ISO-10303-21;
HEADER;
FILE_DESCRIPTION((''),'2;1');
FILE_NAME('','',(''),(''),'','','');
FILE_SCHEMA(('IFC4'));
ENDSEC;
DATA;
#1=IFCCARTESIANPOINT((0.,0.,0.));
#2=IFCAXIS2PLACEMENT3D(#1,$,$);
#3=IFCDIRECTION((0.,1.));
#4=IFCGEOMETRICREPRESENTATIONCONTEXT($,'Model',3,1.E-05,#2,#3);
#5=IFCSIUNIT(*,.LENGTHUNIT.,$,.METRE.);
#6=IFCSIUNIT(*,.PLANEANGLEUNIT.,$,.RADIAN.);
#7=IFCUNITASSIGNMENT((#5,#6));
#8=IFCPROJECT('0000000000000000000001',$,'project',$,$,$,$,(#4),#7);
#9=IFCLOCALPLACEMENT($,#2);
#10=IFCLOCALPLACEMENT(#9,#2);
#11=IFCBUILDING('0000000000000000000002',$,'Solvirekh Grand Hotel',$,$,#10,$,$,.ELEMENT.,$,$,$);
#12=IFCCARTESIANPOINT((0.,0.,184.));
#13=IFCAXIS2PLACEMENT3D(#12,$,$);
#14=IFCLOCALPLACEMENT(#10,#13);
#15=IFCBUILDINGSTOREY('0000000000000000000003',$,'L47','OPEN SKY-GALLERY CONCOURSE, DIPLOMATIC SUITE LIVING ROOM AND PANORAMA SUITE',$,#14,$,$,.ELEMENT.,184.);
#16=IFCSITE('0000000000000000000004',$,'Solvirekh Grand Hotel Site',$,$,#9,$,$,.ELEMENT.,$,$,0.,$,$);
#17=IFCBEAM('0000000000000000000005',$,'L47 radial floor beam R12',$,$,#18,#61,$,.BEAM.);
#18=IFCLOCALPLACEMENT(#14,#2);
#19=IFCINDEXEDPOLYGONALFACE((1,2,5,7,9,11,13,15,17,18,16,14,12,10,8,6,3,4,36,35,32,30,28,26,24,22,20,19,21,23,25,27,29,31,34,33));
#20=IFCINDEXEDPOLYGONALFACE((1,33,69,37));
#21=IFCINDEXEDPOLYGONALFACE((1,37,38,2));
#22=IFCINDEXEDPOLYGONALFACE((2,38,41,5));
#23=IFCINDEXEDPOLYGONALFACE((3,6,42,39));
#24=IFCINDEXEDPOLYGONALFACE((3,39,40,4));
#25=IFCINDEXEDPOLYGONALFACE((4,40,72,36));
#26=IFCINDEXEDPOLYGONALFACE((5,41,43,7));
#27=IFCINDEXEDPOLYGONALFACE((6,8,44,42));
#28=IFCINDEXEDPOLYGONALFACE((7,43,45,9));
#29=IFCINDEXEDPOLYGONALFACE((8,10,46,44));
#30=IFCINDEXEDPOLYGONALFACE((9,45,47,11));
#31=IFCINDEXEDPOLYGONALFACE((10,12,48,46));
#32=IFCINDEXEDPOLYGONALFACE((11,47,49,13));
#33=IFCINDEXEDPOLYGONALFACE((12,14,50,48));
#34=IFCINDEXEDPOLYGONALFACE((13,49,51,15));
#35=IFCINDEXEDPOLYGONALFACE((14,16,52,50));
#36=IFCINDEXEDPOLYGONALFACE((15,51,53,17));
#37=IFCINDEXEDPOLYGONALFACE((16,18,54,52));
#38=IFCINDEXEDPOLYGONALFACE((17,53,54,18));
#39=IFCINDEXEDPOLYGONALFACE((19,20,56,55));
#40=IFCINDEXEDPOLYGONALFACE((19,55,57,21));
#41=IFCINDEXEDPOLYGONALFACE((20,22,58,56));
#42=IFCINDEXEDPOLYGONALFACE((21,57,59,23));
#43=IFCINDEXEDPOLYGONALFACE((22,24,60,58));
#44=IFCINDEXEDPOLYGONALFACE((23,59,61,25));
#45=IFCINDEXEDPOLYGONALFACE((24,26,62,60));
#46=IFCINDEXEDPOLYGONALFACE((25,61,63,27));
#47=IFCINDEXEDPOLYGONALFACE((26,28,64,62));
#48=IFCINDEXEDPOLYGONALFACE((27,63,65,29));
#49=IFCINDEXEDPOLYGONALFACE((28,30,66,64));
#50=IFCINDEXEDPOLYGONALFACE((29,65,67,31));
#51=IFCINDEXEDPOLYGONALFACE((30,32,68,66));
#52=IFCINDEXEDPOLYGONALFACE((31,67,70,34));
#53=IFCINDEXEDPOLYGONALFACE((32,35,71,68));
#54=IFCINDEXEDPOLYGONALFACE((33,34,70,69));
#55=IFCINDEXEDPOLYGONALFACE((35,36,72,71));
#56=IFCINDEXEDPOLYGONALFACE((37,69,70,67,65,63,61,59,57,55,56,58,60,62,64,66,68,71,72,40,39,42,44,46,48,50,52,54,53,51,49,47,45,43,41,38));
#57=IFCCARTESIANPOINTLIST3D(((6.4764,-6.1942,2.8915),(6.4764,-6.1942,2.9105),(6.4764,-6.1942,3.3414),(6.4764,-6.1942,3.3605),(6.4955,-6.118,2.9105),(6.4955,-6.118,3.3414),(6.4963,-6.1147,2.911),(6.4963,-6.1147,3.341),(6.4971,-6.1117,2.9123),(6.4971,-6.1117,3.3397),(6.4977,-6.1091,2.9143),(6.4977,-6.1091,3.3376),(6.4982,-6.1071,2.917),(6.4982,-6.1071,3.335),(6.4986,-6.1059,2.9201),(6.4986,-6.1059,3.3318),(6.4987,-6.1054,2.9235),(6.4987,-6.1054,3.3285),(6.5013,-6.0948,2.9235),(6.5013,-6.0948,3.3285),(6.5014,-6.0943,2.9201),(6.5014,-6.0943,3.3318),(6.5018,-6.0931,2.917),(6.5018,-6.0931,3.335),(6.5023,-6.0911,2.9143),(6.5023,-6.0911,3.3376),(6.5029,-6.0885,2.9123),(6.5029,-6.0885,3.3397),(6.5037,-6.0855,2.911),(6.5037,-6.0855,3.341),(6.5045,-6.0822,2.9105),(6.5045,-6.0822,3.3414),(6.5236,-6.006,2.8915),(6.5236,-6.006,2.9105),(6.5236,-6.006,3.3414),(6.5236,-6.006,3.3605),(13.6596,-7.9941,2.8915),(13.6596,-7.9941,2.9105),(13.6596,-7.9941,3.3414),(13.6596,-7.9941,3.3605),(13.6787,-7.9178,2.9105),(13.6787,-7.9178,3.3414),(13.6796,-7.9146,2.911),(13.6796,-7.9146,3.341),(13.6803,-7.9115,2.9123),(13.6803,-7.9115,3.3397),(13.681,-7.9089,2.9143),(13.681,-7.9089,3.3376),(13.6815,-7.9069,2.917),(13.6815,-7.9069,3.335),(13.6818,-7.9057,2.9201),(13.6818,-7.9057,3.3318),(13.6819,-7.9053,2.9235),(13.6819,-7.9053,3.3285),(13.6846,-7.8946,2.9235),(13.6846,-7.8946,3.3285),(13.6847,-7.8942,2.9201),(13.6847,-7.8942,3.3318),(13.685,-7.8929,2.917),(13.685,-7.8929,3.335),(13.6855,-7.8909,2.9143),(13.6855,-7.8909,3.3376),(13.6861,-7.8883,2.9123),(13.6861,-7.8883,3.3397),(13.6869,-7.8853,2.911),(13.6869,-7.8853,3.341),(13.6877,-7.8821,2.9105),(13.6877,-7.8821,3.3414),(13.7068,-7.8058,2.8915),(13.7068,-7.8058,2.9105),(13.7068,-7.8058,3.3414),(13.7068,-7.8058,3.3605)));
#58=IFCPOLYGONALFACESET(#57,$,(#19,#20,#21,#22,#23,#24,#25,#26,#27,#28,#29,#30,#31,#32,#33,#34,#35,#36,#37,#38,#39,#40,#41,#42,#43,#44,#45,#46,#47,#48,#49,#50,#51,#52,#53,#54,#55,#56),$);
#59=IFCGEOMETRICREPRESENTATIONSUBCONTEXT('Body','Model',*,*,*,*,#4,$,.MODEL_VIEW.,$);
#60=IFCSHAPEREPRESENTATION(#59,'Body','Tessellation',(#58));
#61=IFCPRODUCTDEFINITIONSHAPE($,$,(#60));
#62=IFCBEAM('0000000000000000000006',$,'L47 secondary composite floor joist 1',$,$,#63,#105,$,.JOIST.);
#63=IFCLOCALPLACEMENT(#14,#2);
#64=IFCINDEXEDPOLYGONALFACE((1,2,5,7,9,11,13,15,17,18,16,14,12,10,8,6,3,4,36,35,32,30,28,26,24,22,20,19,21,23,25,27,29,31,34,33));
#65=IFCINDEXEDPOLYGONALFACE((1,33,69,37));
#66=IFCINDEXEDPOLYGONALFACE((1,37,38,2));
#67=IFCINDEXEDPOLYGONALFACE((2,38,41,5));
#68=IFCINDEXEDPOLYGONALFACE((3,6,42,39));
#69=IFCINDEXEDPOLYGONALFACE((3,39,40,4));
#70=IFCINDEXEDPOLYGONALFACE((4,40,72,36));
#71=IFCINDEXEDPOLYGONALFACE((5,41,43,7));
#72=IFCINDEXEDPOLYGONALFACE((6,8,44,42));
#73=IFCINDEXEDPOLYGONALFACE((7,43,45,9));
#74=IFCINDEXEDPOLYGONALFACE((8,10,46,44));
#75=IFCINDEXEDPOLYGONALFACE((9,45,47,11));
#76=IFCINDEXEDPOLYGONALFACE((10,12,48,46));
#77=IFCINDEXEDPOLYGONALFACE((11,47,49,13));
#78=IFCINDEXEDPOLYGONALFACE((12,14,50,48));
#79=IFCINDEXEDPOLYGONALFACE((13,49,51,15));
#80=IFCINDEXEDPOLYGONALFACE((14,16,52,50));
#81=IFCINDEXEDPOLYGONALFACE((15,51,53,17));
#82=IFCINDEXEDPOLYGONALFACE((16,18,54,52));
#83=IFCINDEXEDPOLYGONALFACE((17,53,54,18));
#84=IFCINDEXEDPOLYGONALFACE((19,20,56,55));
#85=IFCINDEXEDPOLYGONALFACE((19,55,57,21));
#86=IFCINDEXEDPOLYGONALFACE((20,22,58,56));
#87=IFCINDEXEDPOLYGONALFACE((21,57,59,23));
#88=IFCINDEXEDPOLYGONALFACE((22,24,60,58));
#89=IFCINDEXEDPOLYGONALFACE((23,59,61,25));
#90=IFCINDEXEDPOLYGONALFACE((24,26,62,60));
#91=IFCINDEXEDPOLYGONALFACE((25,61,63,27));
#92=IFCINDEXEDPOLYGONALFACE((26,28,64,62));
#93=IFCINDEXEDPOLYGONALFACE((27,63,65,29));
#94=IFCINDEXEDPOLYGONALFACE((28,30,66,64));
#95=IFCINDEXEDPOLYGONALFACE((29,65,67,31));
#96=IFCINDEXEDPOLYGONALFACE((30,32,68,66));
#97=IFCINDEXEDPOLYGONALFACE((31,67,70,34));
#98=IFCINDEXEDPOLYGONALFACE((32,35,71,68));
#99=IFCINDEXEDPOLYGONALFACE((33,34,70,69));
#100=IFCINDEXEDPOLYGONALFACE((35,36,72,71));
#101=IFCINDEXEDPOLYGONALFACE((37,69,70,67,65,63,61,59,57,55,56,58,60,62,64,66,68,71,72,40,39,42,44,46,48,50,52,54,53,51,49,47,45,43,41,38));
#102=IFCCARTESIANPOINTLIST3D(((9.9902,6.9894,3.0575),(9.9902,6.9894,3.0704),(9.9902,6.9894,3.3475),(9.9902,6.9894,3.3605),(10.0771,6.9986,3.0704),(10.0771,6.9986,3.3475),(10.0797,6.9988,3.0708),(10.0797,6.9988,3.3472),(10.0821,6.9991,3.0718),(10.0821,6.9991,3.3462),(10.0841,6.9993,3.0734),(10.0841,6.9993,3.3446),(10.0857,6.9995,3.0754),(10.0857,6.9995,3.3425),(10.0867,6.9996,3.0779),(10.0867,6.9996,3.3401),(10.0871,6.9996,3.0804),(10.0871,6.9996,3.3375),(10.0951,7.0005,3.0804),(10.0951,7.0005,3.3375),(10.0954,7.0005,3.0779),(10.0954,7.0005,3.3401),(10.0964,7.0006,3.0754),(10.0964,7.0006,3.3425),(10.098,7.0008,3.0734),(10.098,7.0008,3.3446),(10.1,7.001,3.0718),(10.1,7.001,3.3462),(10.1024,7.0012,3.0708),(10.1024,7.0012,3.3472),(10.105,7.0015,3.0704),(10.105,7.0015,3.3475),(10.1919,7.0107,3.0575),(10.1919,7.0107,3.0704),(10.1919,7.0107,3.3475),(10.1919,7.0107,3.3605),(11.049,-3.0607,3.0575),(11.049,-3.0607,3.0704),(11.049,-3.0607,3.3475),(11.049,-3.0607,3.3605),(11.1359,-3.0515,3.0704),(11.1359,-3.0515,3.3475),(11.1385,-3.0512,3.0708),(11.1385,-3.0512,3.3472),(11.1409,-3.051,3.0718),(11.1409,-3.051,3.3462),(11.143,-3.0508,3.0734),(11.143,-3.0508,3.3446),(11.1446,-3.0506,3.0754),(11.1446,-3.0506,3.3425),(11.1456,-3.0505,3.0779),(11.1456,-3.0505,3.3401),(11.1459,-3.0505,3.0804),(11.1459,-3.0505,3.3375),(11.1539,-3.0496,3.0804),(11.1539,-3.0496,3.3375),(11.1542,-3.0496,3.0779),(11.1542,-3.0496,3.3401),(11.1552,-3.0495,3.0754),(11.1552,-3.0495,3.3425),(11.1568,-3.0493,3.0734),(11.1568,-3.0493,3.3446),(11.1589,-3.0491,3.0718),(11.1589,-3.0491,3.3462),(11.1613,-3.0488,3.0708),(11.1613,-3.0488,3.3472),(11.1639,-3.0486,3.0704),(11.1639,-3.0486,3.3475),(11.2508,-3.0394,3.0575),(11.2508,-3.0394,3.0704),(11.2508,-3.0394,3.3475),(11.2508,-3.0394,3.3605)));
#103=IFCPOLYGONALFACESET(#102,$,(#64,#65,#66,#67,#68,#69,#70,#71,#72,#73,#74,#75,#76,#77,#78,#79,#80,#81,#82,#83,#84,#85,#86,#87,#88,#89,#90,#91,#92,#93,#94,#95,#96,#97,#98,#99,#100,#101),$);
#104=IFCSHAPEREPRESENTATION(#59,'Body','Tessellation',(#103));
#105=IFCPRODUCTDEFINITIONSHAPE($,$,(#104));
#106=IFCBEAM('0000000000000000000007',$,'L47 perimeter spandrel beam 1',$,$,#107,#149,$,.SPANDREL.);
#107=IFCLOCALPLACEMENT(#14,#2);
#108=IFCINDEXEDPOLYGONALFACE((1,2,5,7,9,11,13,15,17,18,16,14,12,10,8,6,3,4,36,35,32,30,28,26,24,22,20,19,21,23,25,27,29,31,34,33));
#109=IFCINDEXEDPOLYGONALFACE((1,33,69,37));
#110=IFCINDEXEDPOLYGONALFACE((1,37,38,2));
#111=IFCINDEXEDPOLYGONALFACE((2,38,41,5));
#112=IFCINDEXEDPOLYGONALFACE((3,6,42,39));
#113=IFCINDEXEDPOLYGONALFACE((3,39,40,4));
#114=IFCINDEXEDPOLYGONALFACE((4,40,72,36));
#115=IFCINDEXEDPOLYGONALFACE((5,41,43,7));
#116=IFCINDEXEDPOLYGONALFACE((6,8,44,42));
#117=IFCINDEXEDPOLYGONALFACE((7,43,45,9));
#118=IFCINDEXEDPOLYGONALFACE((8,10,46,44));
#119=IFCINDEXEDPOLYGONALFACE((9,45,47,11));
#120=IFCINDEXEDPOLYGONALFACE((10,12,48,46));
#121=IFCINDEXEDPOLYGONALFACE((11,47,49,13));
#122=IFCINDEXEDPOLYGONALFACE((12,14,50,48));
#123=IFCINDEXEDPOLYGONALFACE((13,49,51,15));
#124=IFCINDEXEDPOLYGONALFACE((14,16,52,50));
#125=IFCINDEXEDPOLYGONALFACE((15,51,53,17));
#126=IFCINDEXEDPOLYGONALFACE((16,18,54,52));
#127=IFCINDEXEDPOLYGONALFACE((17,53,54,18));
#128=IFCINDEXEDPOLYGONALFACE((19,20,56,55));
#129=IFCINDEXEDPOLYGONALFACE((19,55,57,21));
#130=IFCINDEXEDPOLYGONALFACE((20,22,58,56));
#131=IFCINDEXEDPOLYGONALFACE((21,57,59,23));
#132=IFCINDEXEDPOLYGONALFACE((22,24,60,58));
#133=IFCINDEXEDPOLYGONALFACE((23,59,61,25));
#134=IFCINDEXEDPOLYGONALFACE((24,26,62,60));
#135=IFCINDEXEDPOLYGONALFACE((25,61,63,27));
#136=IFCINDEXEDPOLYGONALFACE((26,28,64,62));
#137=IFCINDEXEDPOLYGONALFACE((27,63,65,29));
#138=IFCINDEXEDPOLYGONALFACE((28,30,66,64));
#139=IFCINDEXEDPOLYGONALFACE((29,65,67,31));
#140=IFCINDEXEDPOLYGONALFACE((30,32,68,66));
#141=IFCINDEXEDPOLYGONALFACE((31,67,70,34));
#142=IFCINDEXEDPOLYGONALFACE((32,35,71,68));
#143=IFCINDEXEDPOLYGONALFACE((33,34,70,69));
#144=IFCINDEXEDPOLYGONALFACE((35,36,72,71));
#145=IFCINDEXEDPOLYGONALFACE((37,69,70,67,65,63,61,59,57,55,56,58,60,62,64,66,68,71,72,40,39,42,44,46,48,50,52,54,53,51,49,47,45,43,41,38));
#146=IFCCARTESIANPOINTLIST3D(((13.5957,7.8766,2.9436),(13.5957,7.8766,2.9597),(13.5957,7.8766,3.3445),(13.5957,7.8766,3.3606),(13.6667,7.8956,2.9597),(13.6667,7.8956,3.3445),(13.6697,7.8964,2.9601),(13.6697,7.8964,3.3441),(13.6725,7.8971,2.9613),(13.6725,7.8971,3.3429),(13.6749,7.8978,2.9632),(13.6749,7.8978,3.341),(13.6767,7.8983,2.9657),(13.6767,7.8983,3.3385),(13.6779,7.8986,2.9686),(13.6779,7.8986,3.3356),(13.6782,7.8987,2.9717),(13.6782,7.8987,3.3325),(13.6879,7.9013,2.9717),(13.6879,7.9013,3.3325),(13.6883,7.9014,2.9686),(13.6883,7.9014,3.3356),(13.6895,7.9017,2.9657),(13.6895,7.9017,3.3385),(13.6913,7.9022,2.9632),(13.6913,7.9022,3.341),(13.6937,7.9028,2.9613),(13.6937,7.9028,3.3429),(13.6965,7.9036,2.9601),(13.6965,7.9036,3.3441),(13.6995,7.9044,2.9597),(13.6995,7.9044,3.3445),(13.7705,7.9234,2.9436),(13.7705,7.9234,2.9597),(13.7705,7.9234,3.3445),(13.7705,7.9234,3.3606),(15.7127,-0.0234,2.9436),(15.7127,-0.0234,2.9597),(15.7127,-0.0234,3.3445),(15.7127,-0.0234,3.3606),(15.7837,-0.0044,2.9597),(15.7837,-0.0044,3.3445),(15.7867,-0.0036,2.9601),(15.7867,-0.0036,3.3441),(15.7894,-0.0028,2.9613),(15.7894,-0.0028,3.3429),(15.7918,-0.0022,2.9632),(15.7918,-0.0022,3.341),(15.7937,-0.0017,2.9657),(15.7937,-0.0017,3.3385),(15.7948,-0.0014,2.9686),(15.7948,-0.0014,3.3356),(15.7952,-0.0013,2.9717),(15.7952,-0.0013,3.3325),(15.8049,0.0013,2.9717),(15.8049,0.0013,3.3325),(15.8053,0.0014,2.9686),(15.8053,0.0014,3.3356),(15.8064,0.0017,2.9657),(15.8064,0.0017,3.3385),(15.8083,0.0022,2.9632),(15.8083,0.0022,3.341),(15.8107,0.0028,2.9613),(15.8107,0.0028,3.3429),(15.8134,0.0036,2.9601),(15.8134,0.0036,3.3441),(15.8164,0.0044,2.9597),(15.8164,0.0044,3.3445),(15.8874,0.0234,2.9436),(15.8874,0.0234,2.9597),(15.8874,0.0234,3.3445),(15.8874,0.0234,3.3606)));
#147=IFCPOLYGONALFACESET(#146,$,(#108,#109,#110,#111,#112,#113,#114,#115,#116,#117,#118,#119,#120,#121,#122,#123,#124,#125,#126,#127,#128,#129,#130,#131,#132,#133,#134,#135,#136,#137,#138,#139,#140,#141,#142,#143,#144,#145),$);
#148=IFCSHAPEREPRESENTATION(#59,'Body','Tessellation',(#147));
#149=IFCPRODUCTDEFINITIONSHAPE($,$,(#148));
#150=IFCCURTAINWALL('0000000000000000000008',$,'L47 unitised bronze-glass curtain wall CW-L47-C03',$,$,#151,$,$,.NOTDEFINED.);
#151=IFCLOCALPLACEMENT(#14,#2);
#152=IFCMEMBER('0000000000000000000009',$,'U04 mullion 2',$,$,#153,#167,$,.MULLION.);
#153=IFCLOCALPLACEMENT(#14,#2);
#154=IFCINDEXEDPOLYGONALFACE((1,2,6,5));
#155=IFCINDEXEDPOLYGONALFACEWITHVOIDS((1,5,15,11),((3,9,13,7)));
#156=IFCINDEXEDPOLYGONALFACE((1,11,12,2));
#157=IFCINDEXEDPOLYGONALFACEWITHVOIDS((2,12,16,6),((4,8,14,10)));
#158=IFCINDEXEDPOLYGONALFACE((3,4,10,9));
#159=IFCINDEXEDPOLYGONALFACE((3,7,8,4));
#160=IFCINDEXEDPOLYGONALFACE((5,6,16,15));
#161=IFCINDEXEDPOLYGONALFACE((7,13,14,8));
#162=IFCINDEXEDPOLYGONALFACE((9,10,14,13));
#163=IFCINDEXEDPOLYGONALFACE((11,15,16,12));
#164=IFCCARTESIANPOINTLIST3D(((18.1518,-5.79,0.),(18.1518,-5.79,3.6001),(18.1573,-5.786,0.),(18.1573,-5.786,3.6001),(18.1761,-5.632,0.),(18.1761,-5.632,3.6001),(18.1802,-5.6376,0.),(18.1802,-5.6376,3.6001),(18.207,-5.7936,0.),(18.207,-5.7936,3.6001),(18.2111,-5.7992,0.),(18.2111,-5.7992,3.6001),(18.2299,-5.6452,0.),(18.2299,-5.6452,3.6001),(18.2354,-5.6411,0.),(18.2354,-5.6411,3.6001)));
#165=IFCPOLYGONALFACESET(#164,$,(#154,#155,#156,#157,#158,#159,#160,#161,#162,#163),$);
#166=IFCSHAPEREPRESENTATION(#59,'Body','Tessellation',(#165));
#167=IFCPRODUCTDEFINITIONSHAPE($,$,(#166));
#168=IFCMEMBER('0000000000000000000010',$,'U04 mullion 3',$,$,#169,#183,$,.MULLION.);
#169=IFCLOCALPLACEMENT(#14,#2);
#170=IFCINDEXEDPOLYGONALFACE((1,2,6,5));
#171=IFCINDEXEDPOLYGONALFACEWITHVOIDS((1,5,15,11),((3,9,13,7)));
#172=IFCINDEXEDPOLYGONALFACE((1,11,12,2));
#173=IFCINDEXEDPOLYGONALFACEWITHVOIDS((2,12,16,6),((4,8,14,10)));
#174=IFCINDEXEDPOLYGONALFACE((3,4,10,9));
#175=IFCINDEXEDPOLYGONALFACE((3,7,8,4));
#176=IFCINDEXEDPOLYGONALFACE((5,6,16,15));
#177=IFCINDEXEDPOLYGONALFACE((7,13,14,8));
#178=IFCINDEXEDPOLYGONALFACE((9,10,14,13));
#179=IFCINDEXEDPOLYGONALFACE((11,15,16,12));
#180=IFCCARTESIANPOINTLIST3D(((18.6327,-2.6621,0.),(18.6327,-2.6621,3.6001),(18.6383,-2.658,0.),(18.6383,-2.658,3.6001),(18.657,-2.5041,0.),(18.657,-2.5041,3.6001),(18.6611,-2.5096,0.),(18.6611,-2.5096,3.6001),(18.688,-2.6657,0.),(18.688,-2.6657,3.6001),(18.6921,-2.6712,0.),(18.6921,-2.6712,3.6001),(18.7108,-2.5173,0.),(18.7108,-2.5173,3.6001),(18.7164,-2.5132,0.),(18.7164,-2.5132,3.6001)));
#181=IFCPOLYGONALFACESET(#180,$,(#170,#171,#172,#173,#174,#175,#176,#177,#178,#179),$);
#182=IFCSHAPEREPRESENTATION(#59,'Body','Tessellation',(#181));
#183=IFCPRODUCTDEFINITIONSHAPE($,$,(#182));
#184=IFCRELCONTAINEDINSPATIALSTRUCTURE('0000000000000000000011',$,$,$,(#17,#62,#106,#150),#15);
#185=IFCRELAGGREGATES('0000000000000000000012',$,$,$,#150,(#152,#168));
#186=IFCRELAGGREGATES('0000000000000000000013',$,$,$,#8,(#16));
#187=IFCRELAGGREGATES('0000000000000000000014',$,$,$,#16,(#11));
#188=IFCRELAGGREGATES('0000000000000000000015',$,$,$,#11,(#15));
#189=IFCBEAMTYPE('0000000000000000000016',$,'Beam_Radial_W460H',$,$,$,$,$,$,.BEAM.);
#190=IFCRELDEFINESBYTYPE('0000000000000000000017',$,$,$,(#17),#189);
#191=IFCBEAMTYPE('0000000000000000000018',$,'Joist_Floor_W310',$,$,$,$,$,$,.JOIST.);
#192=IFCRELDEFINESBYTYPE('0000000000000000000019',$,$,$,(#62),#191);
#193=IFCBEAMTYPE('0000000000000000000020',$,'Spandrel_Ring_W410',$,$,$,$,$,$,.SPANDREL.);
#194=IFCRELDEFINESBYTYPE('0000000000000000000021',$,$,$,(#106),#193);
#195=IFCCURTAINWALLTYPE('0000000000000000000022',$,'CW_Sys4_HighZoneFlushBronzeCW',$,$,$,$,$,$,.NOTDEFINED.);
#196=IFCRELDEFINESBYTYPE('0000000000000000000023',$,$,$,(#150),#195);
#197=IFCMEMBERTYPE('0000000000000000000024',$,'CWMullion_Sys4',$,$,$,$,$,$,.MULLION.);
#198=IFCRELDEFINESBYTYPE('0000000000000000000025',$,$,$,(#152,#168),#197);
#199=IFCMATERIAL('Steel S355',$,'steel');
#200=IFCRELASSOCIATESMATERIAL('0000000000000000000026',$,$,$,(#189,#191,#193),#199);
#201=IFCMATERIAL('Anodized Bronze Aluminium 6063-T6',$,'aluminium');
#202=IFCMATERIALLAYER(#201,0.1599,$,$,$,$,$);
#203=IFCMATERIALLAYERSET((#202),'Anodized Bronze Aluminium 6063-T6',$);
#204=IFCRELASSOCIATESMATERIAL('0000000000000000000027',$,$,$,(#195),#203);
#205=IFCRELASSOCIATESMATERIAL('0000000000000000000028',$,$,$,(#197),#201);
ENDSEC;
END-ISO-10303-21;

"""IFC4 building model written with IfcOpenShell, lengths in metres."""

from ifc_helpers import new_model, si_unit, direction, frame, origin, origin_2d, place, context, subcontext, project, spatial, hollow_rectangle, i_section, extrude, source, transform, mapped, material, layer, layer_set, material_profile, profile_set, type_object, element, aggregate, save


model = new_model("IFC4")

# Units and contexts
model_context = context("Model", 3, precision=1e-05, world=origin(), true_north=direction((0.0, 1.0)))
body_context = subcontext(model_context, "Body", "Model", "MODEL_VIEW")
ifc_project = project(units=[si_unit("LENGTHUNIT", "METRE"), si_unit("PLANEANGLEUNIT", "RADIAN")], contexts=[model_context])

# Site, building, storey
site_placement = place(None, origin())
site = spatial("IfcSite", under=ifc_project, at=site_placement, Name="Solvirekh Grand Hotel Site", CompositionType="ELEMENT", RefElevation=0.0)
building_placement = place(site_placement, origin())
building = spatial("IfcBuilding", under=site, at=building_placement, Name="Solvirekh Grand Hotel", CompositionType="ELEMENT")
storey_placement = place(building_placement, frame((0.0, 0.0, 184.0)))
storey = spatial("IfcBuildingStorey", under=building, at=storey_placement, Name="L47", Description="OPEN SKY-GALLERY CONCOURSE, DIPLOMATIC SUITE LIVING ROOM AND PANORAMA SUITE", CompositionType="ELEMENT", Elevation=184.0)

# Beams
ifc_material_1 = material(Name="Steel S355", Category="steel")
ifc_material_profile_1 = material_profile(ifc_material_1, i_section(OverallWidth=0.1941, OverallDepth=0.469, WebThickness=0.011, FlangeThickness=0.019, FilletRadius=0.0129, at=origin_2d()), Name="W460X106")
ifc_profile_set_1 = profile_set([ifc_material_profile_1], Name="Steel S355")
beam_type_1 = type_object("IfcBeamType", Name="Beam_Radial_W460H", PredefinedType="BEAM", material=ifc_profile_set_1)
beam_1_placement = place(storey_placement, frame((6.5, -6.1001, 3.126), z_axis=(0.970014, -0.243048, 0.0), x_axis=(0.243048, 0.970014, 0.0)))
element("IfcBeam", 1, at=beam_1_placement, inside=storey, type_object=beam_type_1, Name="L47 radial floor beam R12", PredefinedType="BEAM", context=body_context, shape_type="SweptSolid", body=[
    extrude(i_section(OverallWidth=0.1941, OverallDepth=0.469, WebThickness=0.011, FlangeThickness=0.019, FilletRadius=0.0129, at=origin_2d()), origin(), (0.0, 0.0, 1.0), 7.4053),
])
ifc_material_profile_2 = material_profile(ifc_material_1, i_section(OverallWidth=0.2029, OverallDepth=0.303, WebThickness=0.0081, FlangeThickness=0.0129, FilletRadius=0.01, at=origin_2d()), Name="W310X60")
ifc_profile_set_2 = profile_set([ifc_material_profile_2], Name="Steel S355")
beam_type_2 = type_object("IfcBeamType", Name="Joist_Floor_W310", PredefinedType="JOIST", material=ifc_profile_set_2)
beam_2_placement = place(storey_placement, frame((11.1499, -3.05, 3.209), z_axis=(-0.104777, 0.994496, 0.0), x_axis=(-0.994496, -0.104777, 0.0)))
element("IfcBeam", 2, at=beam_2_placement, inside=storey, type_object=beam_type_2, Name="L47 secondary composite floor joist 1", PredefinedType="JOIST", context=body_context, shape_type="SweptSolid", body=[
    extrude(i_section(OverallWidth=0.2029, OverallDepth=0.303, WebThickness=0.0081, FlangeThickness=0.0129, FilletRadius=0.01, at=origin_2d()), origin(), (0.0, 0.0, 1.0), 10.1057),
])
ifc_material_profile_3 = material_profile(ifc_material_1, i_section(OverallWidth=0.1809, OverallDepth=0.417, WebThickness=0.01, FlangeThickness=0.0161, FilletRadius=0.012, at=origin_2d()), Name="W410X85")
ifc_profile_set_3 = profile_set([ifc_material_profile_3], Name="Steel S355")
beam_type_3 = type_object("IfcBeamType", Name="Spandrel_Ring_W410", PredefinedType="SPANDREL", material=ifc_profile_set_3)
beam_3_placement = place(storey_placement, frame((15.8, 0.0, 3.1521), z_axis=(-0.258839, 0.965921, 0.0), x_axis=(-0.965921, -0.258839, 0.0)))
element("IfcBeam", 3, at=beam_3_placement, inside=storey, type_object=beam_type_3, Name="L47 perimeter spandrel beam 1", PredefinedType="SPANDREL", context=body_context, shape_type="SweptSolid", body=[
    extrude(i_section(OverallWidth=0.1809, OverallDepth=0.417, WebThickness=0.01, FlangeThickness=0.0161, FilletRadius=0.012, at=origin_2d()), origin(), (0.0, 0.0, 1.0), 8.1787),
])

# Curtain wall, members
ifc_material_2 = material(Name="Anodized Bronze Aluminium 6063-T6", Category="aluminium")
ifc_layer_1 = layer(ifc_material_2, 0.1599)
ifc_layer_set_1 = layer_set([ifc_layer_1], Name="Anodized Bronze Aluminium 6063-T6")
curtain_wall_type = type_object("IfcCurtainWallType", Name="CW_Sys4_HighZoneFlushBronzeCW", PredefinedType="NOTDEFINED", material=ifc_layer_set_1)
curtain_wall_placement = place(storey_placement, origin())
curtain_wall = element("IfcCurtainWall", 4, at=curtain_wall_placement, inside=storey, type_object=curtain_wall_type, Name="L47 unitised bronze-glass curtain wall CW-L47-C03", PredefinedType="NOTDEFINED")
ifc_material_profile_4 = material_profile(ifc_material_2, hollow_rectangle(XDim=0.0601, YDim=0.1599, WallThickness=0.0049, at=origin_2d()), Name="ALU RHS 160X60X5")
ifc_profile_set_4 = profile_set([ifc_material_profile_4], Name="Anodized Bronze Aluminium 6063-T6")
member_type_1 = type_object("IfcMemberType", Name="CWMullion_Sys4", PredefinedType="MULLION", material=ifc_profile_set_4)
shared_shape_1 = source(origin(), body_context, "Body", "SweptSolid", [
    extrude(hollow_rectangle(XDim=0.0601, YDim=0.1599, WallThickness=0.0049, at=origin_2d()), origin(), (0.0, 0.0, 1.0), 3.6001),
])
member_1_placement = place(storey_placement, frame((18.1936, -5.7156, 0.0), z_axis=(0.0, 0.0, 1.0), x_axis=(-0.988384, 0.151975, 0.0)))
member_1 = element("IfcMember", 5, at=member_1_placement, type_object=member_type_1, Name="U04 mullion 2", PredefinedType="MULLION", context=body_context, shape_type="MappedRepresentation", body=[
    mapped(shared_shape_1, transform((0.0, 0.0, 0.0), x_axis=(1.0, 0.0, 0.0), y_axis=(0.0, 1.0, 0.0), z_axis=(0.0, 0.0, 1.0), scale=1.0)),
])
member_2_placement = place(storey_placement, frame((18.6746, -2.5876, 0.0), z_axis=(0.0, 0.0, 1.0), x_axis=(-0.988384, 0.151975, 0.0)))
member_2 = element("IfcMember", 6, at=member_2_placement, type_object=member_type_1, Name="U04 mullion 3", PredefinedType="MULLION", context=body_context, shape_type="MappedRepresentation", body=[
    mapped(shared_shape_1, transform((0.0, 0.0, 0.0), x_axis=(1.0, 0.0, 0.0), y_axis=(0.0, 1.0, 0.0), z_axis=(0.0, 0.0, 1.0), scale=1.0)),
])
aggregate(curtain_wall, [member_1, member_2])

save(model, "model.ifc")
